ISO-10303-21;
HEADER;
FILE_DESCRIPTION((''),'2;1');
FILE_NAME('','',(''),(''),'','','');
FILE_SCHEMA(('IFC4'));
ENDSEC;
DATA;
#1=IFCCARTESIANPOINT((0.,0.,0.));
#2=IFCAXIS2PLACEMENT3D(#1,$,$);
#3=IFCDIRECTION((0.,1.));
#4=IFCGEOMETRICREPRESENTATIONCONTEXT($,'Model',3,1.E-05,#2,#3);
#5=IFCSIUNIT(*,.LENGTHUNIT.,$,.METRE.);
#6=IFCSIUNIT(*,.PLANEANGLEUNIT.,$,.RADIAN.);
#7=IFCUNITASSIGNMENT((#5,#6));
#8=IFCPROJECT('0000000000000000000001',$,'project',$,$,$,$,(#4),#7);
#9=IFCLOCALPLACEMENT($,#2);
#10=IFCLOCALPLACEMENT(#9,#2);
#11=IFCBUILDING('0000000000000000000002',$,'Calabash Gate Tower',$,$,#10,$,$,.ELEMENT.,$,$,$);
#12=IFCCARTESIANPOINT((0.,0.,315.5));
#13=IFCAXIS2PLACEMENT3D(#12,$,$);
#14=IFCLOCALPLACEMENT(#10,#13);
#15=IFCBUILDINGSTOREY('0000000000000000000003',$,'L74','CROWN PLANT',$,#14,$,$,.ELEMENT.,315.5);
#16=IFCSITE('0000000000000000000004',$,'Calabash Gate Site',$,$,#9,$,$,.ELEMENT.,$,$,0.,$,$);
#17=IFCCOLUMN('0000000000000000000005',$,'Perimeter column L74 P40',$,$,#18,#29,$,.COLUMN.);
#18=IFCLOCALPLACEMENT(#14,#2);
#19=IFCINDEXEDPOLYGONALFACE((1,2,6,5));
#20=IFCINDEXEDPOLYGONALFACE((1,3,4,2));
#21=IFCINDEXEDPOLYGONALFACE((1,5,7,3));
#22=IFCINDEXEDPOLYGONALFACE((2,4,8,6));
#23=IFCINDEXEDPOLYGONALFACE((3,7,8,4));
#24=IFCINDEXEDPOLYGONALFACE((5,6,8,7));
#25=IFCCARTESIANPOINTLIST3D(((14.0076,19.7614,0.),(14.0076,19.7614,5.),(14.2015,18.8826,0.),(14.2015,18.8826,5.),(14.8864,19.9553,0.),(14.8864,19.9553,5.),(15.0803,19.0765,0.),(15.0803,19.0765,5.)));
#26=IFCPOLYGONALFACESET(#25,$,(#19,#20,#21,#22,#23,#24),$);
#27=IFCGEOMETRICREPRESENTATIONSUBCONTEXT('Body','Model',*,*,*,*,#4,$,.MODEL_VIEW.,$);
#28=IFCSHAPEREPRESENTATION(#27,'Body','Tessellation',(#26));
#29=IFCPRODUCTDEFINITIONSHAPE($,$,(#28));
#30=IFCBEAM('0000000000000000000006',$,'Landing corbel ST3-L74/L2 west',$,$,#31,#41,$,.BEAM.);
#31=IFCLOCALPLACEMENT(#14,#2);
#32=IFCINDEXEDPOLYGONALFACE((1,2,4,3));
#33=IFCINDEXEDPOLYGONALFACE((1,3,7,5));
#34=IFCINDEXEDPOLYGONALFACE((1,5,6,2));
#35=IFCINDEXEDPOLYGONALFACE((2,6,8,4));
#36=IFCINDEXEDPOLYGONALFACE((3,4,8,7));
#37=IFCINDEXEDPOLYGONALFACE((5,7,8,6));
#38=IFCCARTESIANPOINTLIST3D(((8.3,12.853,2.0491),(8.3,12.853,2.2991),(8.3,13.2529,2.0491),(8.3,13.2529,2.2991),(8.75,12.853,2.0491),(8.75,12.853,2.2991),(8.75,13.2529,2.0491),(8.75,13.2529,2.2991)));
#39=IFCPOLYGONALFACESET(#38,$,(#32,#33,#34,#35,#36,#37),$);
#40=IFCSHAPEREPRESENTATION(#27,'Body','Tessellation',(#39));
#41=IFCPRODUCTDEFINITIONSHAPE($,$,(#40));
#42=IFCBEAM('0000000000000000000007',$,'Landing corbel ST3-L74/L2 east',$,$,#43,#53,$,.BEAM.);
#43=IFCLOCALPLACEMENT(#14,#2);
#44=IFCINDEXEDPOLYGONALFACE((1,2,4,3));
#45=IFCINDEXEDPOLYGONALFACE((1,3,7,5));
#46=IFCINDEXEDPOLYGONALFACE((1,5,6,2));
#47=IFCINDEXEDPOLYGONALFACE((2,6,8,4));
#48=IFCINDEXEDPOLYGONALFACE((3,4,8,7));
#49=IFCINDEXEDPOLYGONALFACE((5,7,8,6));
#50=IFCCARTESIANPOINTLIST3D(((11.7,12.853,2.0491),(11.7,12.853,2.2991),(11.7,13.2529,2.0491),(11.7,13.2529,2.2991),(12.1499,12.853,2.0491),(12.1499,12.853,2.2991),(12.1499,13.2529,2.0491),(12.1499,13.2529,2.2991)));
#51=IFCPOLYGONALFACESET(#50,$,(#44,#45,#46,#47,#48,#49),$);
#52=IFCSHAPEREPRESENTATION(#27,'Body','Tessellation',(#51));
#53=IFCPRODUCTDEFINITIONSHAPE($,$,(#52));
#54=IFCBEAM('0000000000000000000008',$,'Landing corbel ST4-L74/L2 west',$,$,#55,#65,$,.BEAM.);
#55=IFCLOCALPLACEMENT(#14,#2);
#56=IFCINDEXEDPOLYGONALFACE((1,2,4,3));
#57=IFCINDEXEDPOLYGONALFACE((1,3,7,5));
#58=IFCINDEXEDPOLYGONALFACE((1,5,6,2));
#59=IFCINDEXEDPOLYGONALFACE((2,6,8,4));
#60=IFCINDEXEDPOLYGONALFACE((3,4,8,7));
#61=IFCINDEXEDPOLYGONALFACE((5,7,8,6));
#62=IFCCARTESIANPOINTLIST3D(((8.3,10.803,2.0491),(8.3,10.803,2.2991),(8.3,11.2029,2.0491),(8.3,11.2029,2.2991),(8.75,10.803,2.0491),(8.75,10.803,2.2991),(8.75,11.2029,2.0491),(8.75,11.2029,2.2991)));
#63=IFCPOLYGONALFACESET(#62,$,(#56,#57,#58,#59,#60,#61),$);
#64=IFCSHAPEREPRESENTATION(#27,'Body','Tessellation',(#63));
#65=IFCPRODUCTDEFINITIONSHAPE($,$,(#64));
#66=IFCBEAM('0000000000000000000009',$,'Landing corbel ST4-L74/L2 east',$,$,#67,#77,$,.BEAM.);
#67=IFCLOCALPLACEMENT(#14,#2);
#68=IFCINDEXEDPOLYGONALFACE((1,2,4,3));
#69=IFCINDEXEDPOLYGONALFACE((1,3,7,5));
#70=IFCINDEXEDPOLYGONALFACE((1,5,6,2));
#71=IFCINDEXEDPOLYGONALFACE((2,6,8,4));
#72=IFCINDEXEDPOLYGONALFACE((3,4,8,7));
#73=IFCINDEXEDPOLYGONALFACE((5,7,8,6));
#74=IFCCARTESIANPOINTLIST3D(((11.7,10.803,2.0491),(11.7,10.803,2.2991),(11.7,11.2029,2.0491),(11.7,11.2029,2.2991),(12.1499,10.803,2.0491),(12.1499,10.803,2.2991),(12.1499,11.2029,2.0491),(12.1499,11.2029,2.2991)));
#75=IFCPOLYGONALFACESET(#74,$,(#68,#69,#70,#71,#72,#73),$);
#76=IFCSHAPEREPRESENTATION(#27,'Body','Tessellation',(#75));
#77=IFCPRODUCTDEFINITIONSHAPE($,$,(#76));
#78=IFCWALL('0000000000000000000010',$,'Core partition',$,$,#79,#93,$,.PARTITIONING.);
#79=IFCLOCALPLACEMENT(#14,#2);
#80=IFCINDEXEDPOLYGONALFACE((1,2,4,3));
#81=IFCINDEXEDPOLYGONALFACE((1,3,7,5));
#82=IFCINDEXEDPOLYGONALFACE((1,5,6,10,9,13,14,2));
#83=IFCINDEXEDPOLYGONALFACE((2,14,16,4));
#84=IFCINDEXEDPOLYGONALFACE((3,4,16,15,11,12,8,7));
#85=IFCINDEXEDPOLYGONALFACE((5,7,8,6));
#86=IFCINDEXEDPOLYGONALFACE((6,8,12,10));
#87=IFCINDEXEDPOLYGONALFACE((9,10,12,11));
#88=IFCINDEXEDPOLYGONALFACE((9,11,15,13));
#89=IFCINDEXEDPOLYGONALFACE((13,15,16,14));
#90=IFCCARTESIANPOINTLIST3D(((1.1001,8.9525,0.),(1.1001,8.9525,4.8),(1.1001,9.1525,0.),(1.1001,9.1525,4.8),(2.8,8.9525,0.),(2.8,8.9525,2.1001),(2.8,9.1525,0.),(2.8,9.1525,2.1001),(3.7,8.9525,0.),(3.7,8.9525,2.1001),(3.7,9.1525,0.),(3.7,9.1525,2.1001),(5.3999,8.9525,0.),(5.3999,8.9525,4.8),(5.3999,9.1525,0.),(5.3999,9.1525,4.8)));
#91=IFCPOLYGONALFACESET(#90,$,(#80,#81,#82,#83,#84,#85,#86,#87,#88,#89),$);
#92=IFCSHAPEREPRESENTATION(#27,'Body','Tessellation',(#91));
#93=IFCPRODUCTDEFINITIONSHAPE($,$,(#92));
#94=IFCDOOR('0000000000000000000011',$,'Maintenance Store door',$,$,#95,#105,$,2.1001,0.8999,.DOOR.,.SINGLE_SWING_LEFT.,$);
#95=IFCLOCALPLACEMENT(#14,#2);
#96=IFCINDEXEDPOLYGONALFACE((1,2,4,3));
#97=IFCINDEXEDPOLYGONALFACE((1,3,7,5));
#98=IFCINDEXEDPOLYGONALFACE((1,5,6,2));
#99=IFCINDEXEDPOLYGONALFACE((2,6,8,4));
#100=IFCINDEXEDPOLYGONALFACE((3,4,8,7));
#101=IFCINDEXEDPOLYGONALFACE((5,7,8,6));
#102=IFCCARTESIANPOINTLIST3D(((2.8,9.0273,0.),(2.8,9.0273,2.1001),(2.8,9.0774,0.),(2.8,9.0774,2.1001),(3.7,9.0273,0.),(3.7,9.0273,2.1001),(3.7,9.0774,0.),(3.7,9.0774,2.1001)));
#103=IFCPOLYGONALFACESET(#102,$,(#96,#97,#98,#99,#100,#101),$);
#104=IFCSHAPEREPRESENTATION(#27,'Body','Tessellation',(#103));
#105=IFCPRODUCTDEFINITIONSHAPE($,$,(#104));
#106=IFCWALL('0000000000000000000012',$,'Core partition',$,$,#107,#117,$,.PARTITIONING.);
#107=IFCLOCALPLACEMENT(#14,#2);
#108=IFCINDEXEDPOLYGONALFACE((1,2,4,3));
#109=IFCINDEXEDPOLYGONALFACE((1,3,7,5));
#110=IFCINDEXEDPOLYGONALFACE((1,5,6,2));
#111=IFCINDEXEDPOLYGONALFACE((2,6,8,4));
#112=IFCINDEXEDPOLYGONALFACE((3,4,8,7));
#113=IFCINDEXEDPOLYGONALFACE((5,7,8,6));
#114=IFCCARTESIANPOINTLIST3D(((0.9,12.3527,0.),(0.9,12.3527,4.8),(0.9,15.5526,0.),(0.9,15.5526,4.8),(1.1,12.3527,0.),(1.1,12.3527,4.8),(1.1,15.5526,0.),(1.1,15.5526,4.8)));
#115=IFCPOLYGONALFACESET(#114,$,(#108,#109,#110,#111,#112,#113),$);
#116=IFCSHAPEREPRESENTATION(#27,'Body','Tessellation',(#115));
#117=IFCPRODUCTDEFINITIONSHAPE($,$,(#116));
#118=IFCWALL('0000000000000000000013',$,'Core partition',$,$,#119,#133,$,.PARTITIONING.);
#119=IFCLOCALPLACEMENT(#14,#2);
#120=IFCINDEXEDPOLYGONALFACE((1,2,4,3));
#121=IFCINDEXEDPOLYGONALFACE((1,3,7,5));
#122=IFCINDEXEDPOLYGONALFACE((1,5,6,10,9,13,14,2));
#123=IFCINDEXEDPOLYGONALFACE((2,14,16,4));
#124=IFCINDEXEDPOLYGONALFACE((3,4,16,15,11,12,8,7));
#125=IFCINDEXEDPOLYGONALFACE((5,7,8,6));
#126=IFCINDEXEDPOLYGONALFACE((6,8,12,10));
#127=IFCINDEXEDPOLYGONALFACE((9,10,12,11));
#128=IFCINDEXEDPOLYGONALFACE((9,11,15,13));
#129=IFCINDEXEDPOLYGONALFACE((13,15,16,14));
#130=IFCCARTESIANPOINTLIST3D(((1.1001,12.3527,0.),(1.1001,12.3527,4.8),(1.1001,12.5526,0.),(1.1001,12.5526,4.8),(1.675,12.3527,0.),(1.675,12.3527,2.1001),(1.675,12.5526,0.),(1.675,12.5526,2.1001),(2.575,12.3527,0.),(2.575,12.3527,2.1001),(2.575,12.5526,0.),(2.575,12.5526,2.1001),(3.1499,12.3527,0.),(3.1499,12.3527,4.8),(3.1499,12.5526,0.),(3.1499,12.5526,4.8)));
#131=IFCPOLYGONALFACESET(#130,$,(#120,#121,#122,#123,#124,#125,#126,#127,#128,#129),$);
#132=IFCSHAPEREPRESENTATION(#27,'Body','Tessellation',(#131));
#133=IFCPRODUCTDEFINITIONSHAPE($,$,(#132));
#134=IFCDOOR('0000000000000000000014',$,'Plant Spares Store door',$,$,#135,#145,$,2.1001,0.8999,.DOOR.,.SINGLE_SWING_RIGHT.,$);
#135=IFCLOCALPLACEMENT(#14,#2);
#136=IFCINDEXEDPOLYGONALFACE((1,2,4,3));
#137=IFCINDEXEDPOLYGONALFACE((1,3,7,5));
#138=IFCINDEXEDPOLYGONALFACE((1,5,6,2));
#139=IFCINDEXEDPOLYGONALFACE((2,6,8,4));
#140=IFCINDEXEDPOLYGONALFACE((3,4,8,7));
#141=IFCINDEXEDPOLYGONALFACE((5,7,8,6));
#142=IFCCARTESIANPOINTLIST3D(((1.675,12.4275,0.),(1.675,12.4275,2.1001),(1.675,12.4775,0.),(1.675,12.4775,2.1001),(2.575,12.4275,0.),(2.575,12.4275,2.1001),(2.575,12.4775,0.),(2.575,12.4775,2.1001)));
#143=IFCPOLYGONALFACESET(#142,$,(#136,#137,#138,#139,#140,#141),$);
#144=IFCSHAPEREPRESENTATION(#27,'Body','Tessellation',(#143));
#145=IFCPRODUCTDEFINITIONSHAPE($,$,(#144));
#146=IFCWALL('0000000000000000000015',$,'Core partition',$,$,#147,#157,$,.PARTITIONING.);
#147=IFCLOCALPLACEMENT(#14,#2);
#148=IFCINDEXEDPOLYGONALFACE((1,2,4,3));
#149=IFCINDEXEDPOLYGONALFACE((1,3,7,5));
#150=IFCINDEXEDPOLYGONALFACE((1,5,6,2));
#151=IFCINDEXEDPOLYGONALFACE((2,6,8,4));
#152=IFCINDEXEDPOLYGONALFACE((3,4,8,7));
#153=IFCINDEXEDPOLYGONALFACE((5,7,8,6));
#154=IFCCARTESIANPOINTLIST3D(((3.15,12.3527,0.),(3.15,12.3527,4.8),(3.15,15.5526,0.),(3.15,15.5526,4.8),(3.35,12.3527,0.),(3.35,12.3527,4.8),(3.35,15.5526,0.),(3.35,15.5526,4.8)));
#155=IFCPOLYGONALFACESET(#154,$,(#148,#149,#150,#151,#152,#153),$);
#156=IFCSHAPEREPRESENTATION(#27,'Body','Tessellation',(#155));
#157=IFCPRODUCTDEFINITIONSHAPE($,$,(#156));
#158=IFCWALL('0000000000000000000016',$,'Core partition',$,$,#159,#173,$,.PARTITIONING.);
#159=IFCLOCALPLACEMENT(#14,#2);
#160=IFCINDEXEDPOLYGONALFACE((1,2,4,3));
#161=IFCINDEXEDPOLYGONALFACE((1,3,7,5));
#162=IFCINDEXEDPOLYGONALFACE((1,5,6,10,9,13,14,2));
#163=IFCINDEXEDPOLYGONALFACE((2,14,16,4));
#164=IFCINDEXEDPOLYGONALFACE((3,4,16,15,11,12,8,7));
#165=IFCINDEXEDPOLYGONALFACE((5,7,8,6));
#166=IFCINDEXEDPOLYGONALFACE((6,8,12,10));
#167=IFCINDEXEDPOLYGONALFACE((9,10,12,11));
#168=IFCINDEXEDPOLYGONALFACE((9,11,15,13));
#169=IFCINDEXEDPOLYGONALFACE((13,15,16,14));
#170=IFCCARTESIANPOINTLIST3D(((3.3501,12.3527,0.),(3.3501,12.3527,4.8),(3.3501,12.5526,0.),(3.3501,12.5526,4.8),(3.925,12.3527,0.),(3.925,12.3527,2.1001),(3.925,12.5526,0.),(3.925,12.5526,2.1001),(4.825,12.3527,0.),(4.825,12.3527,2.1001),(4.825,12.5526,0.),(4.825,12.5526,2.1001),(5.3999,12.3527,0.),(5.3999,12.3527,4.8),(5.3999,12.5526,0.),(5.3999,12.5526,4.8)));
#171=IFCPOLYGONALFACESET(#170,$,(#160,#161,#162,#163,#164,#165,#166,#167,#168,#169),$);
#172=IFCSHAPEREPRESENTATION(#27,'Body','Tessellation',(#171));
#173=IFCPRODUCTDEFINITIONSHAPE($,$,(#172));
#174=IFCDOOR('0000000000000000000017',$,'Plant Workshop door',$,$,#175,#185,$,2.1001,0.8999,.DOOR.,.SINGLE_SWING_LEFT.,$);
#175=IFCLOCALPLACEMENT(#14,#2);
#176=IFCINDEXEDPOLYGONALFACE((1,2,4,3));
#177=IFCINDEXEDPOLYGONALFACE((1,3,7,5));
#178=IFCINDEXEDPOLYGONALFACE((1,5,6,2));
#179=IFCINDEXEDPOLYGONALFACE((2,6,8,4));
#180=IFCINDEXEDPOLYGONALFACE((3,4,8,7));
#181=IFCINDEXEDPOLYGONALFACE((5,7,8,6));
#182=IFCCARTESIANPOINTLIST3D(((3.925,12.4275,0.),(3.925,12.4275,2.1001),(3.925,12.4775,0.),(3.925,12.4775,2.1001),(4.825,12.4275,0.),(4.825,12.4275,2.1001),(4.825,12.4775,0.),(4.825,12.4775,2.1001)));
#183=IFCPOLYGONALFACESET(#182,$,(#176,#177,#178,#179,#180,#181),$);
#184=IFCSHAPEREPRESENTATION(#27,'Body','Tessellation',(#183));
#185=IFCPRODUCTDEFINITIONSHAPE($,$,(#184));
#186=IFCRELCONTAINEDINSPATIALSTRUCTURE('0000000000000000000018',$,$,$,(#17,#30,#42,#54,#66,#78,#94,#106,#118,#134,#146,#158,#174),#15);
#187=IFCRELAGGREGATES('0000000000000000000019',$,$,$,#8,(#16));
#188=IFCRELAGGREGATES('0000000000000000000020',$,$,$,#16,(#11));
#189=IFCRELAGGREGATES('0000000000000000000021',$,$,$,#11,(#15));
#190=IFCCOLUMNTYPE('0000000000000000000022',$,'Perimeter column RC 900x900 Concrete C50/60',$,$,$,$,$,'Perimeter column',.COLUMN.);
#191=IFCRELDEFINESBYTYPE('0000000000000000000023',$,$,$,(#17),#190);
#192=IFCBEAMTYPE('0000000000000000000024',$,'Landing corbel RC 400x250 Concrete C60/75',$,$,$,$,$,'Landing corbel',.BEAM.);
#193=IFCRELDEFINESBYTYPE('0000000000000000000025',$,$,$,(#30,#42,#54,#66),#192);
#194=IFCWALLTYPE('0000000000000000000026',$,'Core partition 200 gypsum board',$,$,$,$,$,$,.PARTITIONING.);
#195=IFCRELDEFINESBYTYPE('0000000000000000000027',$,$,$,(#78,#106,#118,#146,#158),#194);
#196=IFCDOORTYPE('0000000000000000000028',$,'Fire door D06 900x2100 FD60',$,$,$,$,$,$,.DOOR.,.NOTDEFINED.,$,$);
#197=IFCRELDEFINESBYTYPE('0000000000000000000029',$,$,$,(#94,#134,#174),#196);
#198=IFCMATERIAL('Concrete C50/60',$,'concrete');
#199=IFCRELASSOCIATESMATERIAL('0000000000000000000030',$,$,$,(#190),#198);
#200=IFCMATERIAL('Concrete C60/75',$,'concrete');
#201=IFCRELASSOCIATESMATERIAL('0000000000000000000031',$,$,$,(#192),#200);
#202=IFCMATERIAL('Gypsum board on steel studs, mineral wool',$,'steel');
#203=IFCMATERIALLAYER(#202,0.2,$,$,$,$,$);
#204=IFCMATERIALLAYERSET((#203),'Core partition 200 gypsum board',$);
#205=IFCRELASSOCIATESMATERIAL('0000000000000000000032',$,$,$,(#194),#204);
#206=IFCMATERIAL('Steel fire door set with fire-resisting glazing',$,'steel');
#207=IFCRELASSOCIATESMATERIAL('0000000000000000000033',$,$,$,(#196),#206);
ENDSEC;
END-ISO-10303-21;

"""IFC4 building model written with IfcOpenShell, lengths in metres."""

from ifc_helpers import new_model, si_unit, direction, frame, frame_2d, origin, origin_2d, place, context, subcontext, project, spatial, rectangle, extrude, material, layer, layer_set, material_profile, profile_set, type_object, element, fill, save


model = new_model("IFC4")

# Units and contexts
model_context = context("Model", 3, precision=1e-05, world=origin(), true_north=direction((0.0, 1.0)))
body_context = subcontext(model_context, "Body", "Model", "MODEL_VIEW")
ifc_project = project(units=[si_unit("LENGTHUNIT", "METRE"), si_unit("PLANEANGLEUNIT", "RADIAN")], contexts=[model_context])

# Site, building, storey
site_placement = place(None, origin())
site = spatial("IfcSite", under=ifc_project, at=site_placement, Name="Calabash Gate Site", CompositionType="ELEMENT", RefElevation=0.0)
building_placement = place(site_placement, origin())
building = spatial("IfcBuilding", under=site, at=building_placement, Name="Calabash Gate Tower", CompositionType="ELEMENT")
storey_placement = place(building_placement, frame((0.0, 0.0, 315.5)))
storey = spatial("IfcBuildingStorey", under=building, at=storey_placement, Name="L74", Description="CROWN PLANT", CompositionType="ELEMENT", Elevation=315.5)

# Column
ifc_material_1 = material(Name="Concrete C50/60", Category="concrete")
ifc_material_profile_1 = material_profile(ifc_material_1, rectangle(XDim=0.8999, YDim=0.8999, at=origin_2d()))
ifc_profile_set_1 = profile_set([ifc_material_profile_1], Name="Concrete C50/60")
column_type = type_object("IfcColumnType", Name="Perimeter column RC 900x900 Concrete C50/60", ElementType="Perimeter column", PredefinedType="COLUMN", material=ifc_profile_set_1)
column_placement = place(storey_placement, frame((14.5439, 19.4189, 0.0), z_axis=(0.0, 0.0, 1.0), x_axis=(-0.976511, -0.215468, 0.0)))
element("IfcColumn", 1, at=column_placement, inside=storey, type_object=column_type, Name="Perimeter column L74 P40", PredefinedType="COLUMN", context=body_context, shape_type="SweptSolid", body=[
    extrude(rectangle(XDim=0.8999, YDim=0.8999, at=origin_2d()), origin(), (0.0, 0.0, 1.0), 5.0),
])

# Beams
ifc_material_2 = material(Name="Concrete C60/75", Category="concrete")
ifc_material_profile_2 = material_profile(ifc_material_2, rectangle(XDim=0.3999, YDim=0.25, at=origin_2d()))
ifc_profile_set_2 = profile_set([ifc_material_profile_2], Name="Concrete C60/75")
beam_type = type_object("IfcBeamType", Name="Landing corbel RC 400x250 Concrete C60/75", ElementType="Landing corbel", PredefinedType="BEAM", material=ifc_profile_set_2)
for number, where, z_axis, x_axis, name in (
    (2, (8.3, 13.053, 2.1741), (1.0, 0.0, 0.0), (0.0, 1.0, 0.0), "Landing corbel ST3-L74/L2 west"),
    (3, (12.1499, 13.053, 2.1741), (-1.0, 0.0, 0.0), (0.0, -1.0, 0.0), "Landing corbel ST3-L74/L2 east"),
    (4, (8.3, 11.0029, 2.1741), (1.0, 0.0, 0.0), (0.0, 1.0, 0.0), "Landing corbel ST4-L74/L2 west"),
    (5, (12.1499, 11.0029, 2.1741), (-1.0, 0.0, 0.0), (0.0, -1.0, 0.0), "Landing corbel ST4-L74/L2 east"),
):
    element("IfcBeam", number, at=place(storey_placement, frame(where, z_axis=z_axis, x_axis=x_axis)), inside=storey, type_object=beam_type, Name=name, PredefinedType="BEAM", context=body_context, shape_type="SweptSolid", body=[
        extrude(rectangle(XDim=0.3999, YDim=0.25, at=origin_2d()), origin(), (0.0, 0.0, 1.0), 0.45),
    ])

# Wall, opening, door
ifc_material_3 = material(Name="Gypsum board on steel studs, mineral wool", Category="steel")
ifc_layer_1 = layer(ifc_material_3, 0.2)
ifc_layer_set_1 = layer_set([ifc_layer_1], Name="Core partition 200 gypsum board")
wall_type_1 = type_object("IfcWallType", Name="Core partition 200 gypsum board", PredefinedType="PARTITIONING", material=ifc_layer_set_1)
wall_1_placement = place(storey_placement, frame((1.1001, 9.0525, 0.0), z_axis=(0.0, 0.0, 1.0), x_axis=(1.0, 0.0, 0.0)))
wall_1 = element("IfcWall", 6, at=wall_1_placement, inside=storey, type_object=wall_type_1, Name="Core partition", PredefinedType="PARTITIONING", context=body_context, shape_type="SweptSolid", body=[
    extrude(rectangle(XDim=4.2998, YDim=0.2, at=frame_2d((2.1499, 0.0))), origin(), (0.0, 0.0, 1.0), 4.8),
])
opening_1_placement = place(wall_1_placement, frame((1.7, 0.0, 0.0)))
opening_1 = element("IfcOpeningElement", 7, at=opening_1_placement, cuts=wall_1, PredefinedType="OPENING", context=body_context, shape_type="SweptSolid", body=[
    extrude(rectangle(XDim=0.8999, YDim=2.1001, at=frame_2d((0.45, 1.05))), frame((0.0, 0.1099, 0.0), z_axis=(0.0, -1.0, 0.0), x_axis=(1.0, 0.0, 0.0)), (0.0, 0.0, 1.0), 0.22),
])
ifc_material_4 = material(Name="Steel fire door set with fire-resisting glazing", Category="steel")
door_type_1 = type_object("IfcDoorType", Name="Fire door D06 900x2100 FD60", OperationType="NOTDEFINED", PredefinedType="DOOR", material=ifc_material_4)
door_1_placement = place(opening_1_placement, origin())
door_1 = element("IfcDoor", 8, at=door_1_placement, inside=storey, type_object=door_type_1, Name="Maintenance Store door", OperationType="SINGLE_SWING_LEFT", OverallHeight=2.1001, OverallWidth=0.8999, PredefinedType="DOOR", context=body_context, shape_type="SweptSolid", body=[
    extrude(rectangle(XDim=0.8999, YDim=2.1001, at=frame_2d((0.45, 1.05))), frame((0.0, 0.0249, 0.0), z_axis=(0.0, -1.0, 0.0), x_axis=(1.0, 0.0, 0.0)), (0.0, 0.0, 1.0), 0.05),
])
fill(opening_1, door_1)

# Wall
wall_2_placement = place(storey_placement, frame((1.0, 12.3525, 0.0), z_axis=(0.0, 0.0, 1.0), x_axis=(0.0, 1.0, 0.0)))
element("IfcWall", 9, at=wall_2_placement, inside=storey, type_object=wall_type_1, Name="Core partition", PredefinedType="PARTITIONING", context=body_context, shape_type="SweptSolid", body=[
    extrude(rectangle(XDim=3.2, YDim=0.2, at=frame_2d((1.6001, 0.0))), origin(), (0.0, 0.0, 1.0), 4.8),
])

# Wall, opening, door
wall_3_placement = place(storey_placement, frame((1.1001, 12.4526, 0.0), z_axis=(0.0, 0.0, 1.0), x_axis=(1.0, 0.0, 0.0)))
wall_3 = element("IfcWall", 10, at=wall_3_placement, inside=storey, type_object=wall_type_1, Name="Core partition", PredefinedType="PARTITIONING", context=body_context, shape_type="SweptSolid", body=[
    extrude(rectangle(XDim=2.0498, YDim=0.2, at=frame_2d((1.0249, 0.0))), origin(), (0.0, 0.0, 1.0), 4.8),
])
opening_2_placement = place(wall_3_placement, frame((0.575, 0.0, 0.0)))
opening_2 = element("IfcOpeningElement", 11, at=opening_2_placement, cuts=wall_3, PredefinedType="OPENING", context=body_context, shape_type="SweptSolid", body=[
    extrude(rectangle(XDim=0.8999, YDim=2.1001, at=frame_2d((0.45, 1.05))), frame((0.0, 0.1099, 0.0), z_axis=(0.0, -1.0, 0.0), x_axis=(1.0, 0.0, 0.0)), (0.0, 0.0, 1.0), 0.22),
])
door_2_placement = place(opening_2_placement, origin())
door_2 = element("IfcDoor", 12, at=door_2_placement, inside=storey, type_object=door_type_1, Name="Plant Spares Store door", OperationType="SINGLE_SWING_RIGHT", OverallHeight=2.1001, OverallWidth=0.8999, PredefinedType="DOOR", context=body_context, shape_type="SweptSolid", body=[
    extrude(rectangle(XDim=0.8999, YDim=2.1001, at=frame_2d((0.45, 1.05))), frame((0.0, 0.0249, 0.0), z_axis=(0.0, -1.0, 0.0), x_axis=(1.0, 0.0, 0.0)), (0.0, 0.0, 1.0), 0.05),
])
fill(opening_2, door_2)

# Wall
wall_4_placement = place(storey_placement, frame((3.25, 12.3525, 0.0), z_axis=(0.0, 0.0, 1.0), x_axis=(0.0, 1.0, 0.0)))
element("IfcWall", 13, at=wall_4_placement, inside=storey, type_object=wall_type_1, Name="Core partition", PredefinedType="PARTITIONING", context=body_context, shape_type="SweptSolid", body=[
    extrude(rectangle(XDim=3.2, YDim=0.2, at=frame_2d((1.6001, 0.0))), origin(), (0.0, 0.0, 1.0), 4.8),
])

# Wall, opening, door
wall_5_placement = place(storey_placement, frame((3.3501, 12.4526, 0.0), z_axis=(0.0, 0.0, 1.0), x_axis=(1.0, 0.0, 0.0)))
wall_5 = element("IfcWall", 14, at=wall_5_placement, inside=storey, type_object=wall_type_1, Name="Core partition", PredefinedType="PARTITIONING", context=body_context, shape_type="SweptSolid", body=[
    extrude(rectangle(XDim=2.0498, YDim=0.2, at=frame_2d((1.0249, 0.0))), origin(), (0.0, 0.0, 1.0), 4.8),
])
opening_3_placement = place(wall_5_placement, frame((0.575, 0.0, 0.0)))
opening_3 = element("IfcOpeningElement", 15, at=opening_3_placement, cuts=wall_5, PredefinedType="OPENING", context=body_context, shape_type="SweptSolid", body=[
    extrude(rectangle(XDim=0.8999, YDim=2.1001, at=frame_2d((0.45, 1.05))), frame((0.0, 0.1099, 0.0), z_axis=(0.0, -1.0, 0.0), x_axis=(1.0, 0.0, 0.0)), (0.0, 0.0, 1.0), 0.22),
])
door_3_placement = place(opening_3_placement, origin())
door_3 = element("IfcDoor", 16, at=door_3_placement, inside=storey, type_object=door_type_1, Name="Plant Workshop door", OperationType="SINGLE_SWING_LEFT", OverallHeight=2.1001, OverallWidth=0.8999, PredefinedType="DOOR", context=body_context, shape_type="SweptSolid", body=[
    extrude(rectangle(XDim=0.8999, YDim=2.1001, at=frame_2d((0.45, 1.05))), frame((0.0, 0.0249, 0.0), z_axis=(0.0, -1.0, 0.0), x_axis=(1.0, 0.0, 0.0)), (0.0, 0.0, 1.0), 0.05),
])
fill(opening_3, door_3)

save(model, "model.ifc")
